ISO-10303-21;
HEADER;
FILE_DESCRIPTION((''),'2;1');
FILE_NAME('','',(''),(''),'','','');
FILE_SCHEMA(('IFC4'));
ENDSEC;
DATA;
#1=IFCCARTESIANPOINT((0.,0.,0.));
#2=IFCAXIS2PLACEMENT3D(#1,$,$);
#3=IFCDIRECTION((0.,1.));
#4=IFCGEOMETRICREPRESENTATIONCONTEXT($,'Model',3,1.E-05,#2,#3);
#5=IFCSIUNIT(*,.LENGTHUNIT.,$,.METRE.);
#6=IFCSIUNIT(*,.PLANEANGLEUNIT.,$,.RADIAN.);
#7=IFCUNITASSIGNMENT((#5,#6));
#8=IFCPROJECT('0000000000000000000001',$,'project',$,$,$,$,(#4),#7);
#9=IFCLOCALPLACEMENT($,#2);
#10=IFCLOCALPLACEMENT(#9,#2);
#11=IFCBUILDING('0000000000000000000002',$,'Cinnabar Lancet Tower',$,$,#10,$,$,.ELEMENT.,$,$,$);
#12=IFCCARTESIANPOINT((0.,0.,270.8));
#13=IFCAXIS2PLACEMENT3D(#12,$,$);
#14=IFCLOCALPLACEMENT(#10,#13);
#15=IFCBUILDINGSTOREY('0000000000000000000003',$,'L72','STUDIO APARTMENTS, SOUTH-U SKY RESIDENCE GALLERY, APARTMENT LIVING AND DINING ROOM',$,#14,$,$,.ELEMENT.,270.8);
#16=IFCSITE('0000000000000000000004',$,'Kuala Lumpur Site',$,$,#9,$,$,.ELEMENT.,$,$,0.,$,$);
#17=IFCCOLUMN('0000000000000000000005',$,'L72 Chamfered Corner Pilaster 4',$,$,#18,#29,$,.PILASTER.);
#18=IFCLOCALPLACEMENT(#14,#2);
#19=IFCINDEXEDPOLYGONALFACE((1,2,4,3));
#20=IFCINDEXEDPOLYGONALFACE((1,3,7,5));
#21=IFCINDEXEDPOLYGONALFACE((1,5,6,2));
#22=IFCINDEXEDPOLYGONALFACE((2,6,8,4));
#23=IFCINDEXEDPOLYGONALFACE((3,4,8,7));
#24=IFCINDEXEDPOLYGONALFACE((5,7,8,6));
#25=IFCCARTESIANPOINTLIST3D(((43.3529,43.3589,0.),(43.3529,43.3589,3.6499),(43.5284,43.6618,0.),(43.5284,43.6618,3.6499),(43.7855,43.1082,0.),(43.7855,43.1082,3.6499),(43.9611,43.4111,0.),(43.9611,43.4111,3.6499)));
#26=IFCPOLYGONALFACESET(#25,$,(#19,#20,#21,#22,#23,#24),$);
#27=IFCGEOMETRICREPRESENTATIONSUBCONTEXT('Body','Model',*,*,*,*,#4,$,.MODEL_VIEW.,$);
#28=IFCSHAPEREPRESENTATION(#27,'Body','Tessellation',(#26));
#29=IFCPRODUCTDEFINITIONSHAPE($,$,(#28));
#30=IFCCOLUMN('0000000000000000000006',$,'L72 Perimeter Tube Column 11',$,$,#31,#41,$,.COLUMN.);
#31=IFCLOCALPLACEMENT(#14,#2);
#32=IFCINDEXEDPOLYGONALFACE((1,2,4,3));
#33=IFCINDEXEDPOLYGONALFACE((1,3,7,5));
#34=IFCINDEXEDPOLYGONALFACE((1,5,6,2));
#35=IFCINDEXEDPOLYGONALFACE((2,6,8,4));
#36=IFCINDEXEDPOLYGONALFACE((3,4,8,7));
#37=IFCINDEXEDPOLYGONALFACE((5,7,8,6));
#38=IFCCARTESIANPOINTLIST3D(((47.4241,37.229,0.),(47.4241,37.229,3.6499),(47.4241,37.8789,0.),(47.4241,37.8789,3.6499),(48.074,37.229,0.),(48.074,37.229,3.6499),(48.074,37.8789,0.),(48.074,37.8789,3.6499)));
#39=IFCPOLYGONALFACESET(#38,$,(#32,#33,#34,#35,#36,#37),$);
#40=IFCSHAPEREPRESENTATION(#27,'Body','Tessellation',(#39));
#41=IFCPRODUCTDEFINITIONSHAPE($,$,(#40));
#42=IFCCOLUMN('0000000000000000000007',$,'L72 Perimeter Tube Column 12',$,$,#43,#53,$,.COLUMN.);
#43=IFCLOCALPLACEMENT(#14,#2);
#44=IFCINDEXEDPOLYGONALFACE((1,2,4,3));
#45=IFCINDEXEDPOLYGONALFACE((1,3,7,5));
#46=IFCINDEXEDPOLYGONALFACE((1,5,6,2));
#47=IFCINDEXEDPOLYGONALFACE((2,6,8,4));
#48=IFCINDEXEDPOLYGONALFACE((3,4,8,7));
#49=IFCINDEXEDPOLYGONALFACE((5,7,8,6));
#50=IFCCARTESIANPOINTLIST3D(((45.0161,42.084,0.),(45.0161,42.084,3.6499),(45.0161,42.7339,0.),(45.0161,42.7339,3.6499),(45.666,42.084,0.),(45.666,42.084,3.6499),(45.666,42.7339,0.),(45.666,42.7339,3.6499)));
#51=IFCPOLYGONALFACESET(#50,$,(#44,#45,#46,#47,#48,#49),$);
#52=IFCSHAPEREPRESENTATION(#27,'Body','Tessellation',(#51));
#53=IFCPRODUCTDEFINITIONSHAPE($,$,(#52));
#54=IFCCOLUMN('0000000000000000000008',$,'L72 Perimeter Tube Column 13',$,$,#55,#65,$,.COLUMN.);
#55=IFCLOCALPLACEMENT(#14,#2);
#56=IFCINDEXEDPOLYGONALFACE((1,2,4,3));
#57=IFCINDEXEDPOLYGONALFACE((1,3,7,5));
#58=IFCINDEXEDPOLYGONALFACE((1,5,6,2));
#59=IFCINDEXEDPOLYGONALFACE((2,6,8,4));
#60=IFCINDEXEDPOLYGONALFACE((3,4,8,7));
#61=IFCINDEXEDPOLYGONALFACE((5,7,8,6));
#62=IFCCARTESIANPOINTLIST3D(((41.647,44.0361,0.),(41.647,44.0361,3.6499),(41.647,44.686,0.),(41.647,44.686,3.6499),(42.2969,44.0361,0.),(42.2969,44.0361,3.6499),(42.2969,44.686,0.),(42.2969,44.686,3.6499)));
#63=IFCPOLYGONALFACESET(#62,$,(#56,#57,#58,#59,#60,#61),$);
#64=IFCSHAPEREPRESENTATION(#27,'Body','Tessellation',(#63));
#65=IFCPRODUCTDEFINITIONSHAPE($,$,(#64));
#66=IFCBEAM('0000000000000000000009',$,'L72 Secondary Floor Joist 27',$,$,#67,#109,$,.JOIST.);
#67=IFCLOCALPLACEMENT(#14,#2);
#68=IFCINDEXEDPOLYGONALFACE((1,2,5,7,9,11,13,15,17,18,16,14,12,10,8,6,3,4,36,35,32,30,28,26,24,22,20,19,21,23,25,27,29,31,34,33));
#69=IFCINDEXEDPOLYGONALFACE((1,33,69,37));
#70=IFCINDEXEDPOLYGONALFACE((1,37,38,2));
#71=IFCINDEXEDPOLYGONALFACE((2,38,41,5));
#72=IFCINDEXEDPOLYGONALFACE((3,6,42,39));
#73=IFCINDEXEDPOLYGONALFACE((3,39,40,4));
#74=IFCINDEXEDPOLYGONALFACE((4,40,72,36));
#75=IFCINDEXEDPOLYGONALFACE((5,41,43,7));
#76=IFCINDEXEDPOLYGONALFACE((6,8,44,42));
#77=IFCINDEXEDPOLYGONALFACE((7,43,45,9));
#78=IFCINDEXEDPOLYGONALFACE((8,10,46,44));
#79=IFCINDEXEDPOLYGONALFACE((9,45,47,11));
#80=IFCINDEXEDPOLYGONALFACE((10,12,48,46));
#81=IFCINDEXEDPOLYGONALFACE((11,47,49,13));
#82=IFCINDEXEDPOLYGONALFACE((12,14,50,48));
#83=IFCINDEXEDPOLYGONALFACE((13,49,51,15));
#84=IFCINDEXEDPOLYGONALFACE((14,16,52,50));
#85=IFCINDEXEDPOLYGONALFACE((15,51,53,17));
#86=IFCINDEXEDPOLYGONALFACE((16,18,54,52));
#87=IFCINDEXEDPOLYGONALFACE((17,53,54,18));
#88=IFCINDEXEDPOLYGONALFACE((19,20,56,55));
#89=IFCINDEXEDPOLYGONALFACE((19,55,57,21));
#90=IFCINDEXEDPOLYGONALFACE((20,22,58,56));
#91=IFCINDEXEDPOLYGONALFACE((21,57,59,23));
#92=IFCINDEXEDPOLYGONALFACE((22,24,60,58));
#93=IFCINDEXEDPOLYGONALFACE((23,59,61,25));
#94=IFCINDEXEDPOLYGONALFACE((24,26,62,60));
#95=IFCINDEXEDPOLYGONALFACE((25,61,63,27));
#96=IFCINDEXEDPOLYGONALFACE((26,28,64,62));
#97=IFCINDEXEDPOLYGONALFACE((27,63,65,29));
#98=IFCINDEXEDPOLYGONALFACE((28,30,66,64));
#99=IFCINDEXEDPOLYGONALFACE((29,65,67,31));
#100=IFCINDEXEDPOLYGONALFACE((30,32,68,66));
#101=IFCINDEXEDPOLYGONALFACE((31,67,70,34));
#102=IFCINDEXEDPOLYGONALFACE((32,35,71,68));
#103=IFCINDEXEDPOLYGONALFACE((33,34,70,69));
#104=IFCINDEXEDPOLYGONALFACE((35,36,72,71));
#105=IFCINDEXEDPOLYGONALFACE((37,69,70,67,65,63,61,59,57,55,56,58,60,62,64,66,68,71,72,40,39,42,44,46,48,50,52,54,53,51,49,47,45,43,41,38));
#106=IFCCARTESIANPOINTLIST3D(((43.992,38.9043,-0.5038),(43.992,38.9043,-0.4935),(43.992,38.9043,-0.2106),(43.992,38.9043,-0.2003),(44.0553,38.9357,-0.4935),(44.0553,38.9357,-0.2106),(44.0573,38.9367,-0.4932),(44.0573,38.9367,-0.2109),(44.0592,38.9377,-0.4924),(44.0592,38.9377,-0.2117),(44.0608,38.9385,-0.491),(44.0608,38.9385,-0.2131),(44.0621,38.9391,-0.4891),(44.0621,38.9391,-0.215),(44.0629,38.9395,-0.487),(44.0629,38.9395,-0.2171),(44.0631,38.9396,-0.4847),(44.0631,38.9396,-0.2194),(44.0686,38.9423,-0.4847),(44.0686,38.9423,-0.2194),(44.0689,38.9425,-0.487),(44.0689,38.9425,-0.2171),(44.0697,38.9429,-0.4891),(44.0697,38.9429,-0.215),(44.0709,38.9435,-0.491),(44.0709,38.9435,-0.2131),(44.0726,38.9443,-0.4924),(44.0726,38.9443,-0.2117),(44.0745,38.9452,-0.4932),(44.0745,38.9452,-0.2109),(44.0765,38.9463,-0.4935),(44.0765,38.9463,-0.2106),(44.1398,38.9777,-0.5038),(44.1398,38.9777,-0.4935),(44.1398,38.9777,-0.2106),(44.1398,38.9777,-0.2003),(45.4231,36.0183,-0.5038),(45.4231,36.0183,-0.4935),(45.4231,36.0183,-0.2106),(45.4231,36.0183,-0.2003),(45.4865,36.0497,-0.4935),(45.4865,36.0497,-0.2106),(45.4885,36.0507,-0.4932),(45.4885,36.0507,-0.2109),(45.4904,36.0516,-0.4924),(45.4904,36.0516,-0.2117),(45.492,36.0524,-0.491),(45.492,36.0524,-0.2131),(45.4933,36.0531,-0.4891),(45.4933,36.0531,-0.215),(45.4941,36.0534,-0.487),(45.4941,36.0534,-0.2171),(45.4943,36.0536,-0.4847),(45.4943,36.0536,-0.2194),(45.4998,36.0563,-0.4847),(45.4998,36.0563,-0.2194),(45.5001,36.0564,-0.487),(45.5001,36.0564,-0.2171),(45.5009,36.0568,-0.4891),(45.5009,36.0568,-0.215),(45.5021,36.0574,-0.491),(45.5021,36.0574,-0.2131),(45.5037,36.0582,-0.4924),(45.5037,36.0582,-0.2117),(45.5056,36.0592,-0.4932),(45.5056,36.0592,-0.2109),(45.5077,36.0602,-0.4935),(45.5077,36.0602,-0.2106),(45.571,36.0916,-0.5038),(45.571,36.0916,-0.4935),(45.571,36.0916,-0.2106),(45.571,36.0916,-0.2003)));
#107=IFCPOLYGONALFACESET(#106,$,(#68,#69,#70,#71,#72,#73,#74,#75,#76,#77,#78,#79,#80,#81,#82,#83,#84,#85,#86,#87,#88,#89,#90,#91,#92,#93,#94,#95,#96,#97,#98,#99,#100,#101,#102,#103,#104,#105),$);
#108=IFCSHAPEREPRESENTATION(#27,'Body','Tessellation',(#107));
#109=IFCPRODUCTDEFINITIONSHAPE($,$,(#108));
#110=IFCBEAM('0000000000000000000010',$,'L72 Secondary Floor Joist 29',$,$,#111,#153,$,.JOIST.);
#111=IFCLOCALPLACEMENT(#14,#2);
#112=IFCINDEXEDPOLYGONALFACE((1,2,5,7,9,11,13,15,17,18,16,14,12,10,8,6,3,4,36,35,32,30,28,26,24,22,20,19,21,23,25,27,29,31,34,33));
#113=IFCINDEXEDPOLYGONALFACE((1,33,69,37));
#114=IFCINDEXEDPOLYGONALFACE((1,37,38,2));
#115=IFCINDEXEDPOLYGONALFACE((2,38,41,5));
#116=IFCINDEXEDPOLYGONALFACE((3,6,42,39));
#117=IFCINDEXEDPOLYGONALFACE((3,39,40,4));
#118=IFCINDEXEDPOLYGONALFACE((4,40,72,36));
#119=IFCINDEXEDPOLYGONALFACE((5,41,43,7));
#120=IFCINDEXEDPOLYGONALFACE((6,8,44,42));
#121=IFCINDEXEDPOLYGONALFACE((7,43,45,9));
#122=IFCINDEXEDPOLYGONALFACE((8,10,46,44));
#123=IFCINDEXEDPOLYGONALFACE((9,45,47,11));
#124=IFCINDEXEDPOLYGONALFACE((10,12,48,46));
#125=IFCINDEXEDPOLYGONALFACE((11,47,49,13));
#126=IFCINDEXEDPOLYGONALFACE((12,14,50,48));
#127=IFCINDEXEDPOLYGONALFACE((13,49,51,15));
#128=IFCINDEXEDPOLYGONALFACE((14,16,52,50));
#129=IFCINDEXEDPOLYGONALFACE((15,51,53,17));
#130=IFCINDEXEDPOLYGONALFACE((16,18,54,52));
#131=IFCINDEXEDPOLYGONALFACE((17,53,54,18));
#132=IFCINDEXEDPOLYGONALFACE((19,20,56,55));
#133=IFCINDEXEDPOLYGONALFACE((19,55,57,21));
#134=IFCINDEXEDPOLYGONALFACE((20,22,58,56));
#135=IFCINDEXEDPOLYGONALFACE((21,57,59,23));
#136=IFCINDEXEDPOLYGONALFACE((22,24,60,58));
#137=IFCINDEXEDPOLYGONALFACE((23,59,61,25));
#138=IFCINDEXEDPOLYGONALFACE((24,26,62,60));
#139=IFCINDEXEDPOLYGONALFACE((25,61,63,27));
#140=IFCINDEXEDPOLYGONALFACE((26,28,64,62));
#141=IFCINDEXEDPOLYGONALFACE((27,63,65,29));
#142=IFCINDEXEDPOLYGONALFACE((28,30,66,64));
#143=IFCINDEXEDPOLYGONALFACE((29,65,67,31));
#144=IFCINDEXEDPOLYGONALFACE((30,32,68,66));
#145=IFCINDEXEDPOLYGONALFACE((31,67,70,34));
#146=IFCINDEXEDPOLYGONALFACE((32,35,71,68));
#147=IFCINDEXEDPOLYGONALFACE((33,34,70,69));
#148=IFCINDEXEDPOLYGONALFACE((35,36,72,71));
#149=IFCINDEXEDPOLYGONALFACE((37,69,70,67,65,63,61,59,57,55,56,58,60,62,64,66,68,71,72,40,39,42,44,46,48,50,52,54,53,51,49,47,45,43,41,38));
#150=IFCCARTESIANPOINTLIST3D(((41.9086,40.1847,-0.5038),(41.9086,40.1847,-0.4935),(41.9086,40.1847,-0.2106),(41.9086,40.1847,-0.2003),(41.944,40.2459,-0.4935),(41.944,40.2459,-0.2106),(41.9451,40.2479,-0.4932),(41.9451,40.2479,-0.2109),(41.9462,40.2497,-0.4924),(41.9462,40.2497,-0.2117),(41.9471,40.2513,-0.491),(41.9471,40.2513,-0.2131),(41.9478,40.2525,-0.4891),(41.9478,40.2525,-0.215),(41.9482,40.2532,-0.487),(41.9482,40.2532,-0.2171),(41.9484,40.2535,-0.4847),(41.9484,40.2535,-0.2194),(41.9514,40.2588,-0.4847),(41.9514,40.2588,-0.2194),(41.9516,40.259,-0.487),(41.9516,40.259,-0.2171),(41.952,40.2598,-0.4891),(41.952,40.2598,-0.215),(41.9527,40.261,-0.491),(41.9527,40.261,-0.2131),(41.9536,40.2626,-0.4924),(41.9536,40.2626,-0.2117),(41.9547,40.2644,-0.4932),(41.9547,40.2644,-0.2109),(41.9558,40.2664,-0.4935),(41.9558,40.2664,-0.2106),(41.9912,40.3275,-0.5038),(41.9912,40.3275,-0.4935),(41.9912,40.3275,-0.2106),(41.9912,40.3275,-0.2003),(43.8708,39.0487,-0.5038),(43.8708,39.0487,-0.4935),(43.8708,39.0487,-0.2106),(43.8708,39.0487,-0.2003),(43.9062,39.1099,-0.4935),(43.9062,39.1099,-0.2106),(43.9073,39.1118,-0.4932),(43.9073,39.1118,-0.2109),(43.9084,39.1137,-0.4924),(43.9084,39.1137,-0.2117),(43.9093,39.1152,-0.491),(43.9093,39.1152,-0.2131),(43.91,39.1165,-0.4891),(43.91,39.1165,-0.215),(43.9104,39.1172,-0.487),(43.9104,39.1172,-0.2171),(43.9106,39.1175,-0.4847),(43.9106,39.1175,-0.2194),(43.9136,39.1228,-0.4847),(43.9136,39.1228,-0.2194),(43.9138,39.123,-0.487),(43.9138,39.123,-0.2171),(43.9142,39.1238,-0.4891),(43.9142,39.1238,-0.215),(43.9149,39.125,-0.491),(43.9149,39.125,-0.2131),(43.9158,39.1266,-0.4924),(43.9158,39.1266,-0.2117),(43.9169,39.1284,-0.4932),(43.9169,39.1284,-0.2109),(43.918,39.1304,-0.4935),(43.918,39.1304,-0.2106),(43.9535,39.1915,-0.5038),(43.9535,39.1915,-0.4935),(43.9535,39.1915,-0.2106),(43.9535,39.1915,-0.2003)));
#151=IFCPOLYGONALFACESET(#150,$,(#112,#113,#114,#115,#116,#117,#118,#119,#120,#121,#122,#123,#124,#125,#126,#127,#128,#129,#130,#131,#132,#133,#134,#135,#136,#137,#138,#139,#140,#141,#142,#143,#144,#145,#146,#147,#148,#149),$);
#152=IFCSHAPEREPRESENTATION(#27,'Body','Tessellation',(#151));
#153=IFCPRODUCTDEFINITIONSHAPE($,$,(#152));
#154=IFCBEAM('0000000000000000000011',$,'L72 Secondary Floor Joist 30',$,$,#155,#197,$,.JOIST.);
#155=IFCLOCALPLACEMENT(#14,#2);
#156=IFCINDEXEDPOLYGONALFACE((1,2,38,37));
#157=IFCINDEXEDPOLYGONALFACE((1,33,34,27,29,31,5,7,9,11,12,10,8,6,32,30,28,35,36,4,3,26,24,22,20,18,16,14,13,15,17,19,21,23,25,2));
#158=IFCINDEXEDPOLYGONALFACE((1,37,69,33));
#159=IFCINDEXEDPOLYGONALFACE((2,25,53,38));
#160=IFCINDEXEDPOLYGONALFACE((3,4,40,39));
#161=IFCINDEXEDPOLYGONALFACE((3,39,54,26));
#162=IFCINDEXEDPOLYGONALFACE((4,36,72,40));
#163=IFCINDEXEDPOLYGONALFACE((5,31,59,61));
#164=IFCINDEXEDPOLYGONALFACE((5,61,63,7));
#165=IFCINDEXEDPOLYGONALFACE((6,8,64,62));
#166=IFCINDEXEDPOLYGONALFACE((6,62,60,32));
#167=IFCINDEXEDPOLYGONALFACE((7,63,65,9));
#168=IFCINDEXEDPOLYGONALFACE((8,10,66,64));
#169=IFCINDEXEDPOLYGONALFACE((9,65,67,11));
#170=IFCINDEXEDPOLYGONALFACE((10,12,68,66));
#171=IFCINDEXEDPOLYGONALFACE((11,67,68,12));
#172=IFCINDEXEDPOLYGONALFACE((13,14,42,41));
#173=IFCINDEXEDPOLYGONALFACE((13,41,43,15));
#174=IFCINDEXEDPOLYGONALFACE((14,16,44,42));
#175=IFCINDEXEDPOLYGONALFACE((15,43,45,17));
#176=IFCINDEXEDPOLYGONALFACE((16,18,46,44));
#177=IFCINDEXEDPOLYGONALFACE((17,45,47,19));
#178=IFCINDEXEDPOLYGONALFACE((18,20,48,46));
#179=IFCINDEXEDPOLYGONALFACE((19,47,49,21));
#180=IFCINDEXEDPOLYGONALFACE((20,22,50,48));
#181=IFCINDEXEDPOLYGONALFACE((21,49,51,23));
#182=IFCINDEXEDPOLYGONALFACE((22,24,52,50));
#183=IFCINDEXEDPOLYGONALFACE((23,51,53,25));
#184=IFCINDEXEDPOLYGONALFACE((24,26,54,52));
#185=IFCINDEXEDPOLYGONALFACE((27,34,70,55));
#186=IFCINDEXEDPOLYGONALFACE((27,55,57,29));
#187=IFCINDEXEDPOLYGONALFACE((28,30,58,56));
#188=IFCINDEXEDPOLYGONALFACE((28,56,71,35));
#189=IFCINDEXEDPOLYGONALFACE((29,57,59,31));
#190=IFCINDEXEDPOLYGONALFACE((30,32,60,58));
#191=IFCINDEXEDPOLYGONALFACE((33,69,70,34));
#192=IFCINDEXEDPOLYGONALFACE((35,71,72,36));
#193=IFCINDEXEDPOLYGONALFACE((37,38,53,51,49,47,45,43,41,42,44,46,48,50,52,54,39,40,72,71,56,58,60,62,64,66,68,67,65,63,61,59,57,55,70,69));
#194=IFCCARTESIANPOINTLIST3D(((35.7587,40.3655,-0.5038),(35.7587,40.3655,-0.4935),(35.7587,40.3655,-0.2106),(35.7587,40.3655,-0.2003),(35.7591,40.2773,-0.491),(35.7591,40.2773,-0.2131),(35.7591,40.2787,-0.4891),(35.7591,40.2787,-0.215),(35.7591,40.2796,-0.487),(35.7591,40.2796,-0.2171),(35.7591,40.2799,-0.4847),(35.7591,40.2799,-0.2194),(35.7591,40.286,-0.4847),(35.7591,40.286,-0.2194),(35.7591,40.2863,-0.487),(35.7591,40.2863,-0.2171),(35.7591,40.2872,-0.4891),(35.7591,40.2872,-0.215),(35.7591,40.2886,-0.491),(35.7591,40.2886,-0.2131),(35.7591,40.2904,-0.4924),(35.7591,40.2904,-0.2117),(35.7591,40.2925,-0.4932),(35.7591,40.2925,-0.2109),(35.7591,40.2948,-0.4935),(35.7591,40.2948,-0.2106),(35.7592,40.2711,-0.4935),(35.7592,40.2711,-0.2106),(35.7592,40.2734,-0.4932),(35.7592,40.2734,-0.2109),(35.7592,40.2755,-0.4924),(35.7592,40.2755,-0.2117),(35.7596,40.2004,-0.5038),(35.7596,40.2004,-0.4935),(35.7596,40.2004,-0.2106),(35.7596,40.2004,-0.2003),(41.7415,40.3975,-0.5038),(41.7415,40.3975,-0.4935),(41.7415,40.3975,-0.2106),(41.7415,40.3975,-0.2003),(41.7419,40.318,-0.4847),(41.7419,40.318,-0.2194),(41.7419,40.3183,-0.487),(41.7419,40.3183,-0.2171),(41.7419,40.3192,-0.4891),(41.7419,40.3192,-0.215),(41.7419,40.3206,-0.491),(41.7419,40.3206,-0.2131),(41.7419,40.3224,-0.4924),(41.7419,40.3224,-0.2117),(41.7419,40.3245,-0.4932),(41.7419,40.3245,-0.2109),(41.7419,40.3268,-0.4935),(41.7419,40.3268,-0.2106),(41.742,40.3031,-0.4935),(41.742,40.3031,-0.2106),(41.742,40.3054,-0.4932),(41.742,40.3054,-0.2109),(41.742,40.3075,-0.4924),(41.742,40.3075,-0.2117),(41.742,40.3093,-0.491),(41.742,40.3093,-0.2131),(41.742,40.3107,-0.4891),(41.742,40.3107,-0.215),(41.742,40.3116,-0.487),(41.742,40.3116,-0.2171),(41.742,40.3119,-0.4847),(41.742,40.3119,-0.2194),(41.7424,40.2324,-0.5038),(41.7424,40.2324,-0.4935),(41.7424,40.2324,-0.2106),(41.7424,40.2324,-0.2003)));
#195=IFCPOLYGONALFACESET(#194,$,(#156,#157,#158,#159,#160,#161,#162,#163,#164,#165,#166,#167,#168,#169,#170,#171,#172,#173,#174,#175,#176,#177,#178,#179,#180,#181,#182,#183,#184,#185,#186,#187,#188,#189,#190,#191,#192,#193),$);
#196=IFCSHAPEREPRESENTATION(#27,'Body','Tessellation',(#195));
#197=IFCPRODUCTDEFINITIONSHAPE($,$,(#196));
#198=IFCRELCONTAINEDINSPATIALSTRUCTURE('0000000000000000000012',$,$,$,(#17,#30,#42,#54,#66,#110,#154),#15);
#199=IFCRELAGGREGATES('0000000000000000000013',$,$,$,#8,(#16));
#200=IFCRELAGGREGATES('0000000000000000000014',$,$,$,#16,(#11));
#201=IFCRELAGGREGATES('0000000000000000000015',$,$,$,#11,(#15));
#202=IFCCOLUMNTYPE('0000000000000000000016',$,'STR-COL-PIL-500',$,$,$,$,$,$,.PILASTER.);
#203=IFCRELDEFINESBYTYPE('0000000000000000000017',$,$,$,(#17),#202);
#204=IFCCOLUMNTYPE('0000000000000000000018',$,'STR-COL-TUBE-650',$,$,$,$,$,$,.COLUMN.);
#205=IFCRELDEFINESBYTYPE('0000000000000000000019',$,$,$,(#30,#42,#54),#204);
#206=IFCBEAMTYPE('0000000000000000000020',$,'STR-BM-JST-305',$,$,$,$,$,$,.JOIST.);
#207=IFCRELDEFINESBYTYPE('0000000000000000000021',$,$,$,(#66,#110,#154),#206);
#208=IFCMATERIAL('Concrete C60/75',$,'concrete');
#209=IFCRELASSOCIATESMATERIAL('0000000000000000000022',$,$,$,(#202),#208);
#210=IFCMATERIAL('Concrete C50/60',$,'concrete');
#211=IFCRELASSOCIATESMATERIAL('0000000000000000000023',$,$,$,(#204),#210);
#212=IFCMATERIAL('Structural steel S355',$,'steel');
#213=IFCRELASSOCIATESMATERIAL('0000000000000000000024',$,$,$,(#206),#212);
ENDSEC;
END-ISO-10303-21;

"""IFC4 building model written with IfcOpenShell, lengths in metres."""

from ifc_helpers import new_model, si_unit, direction, frame, origin, origin_2d, place, context, subcontext, project, spatial, rectangle, i_section, extrude, material, material_profile, profile_set, type_object, element, save


model = new_model("IFC4")

# Units and contexts
model_context = context("Model", 3, precision=1e-05, world=origin(), true_north=direction((0.0, 1.0)))
body_context = subcontext(model_context, "Body", "Model", "MODEL_VIEW")
ifc_project = project(units=[si_unit("LENGTHUNIT", "METRE"), si_unit("PLANEANGLEUNIT", "RADIAN")], contexts=[model_context])

# Site, building, storey
site_placement = place(None, origin())
site = spatial("IfcSite", under=ifc_project, at=site_placement, Name="Kuala Lumpur Site", CompositionType="ELEMENT", RefElevation=0.0)
building_placement = place(site_placement, origin())
building = spatial("IfcBuilding", under=site, at=building_placement, Name="Cinnabar Lancet Tower", CompositionType="ELEMENT")
storey_placement = place(building_placement, frame((0.0, 0.0, 270.8)))
storey = spatial("IfcBuildingStorey", under=building, at=storey_placement, Name="L72", Description="STUDIO APARTMENTS, SOUTH-U SKY RESIDENCE GALLERY, APARTMENT LIVING AND DINING ROOM", CompositionType="ELEMENT", Elevation=270.8)

# Columns
ifc_material_1 = material(Name="Concrete C60/75", Category="concrete")
ifc_material_profile_1 = material_profile(ifc_material_1, rectangle(XDim=0.5, YDim=0.3501, at=origin_2d()), Name="RC-PIL 500x350")
ifc_profile_set_1 = profile_set([ifc_material_profile_1], Name="Concrete C60/75")
column_type_1 = type_object("IfcColumnType", Name="STR-COL-PIL-500", PredefinedType="PILASTER", material=ifc_profile_set_1)
column_placement = place(storey_placement, frame((43.657, 43.385, 0.0), z_axis=(0.0, 0.0, 1.0), x_axis=(-0.865256, 0.50133, 0.0)))
element("IfcColumn", 1, at=column_placement, inside=storey, type_object=column_type_1, Name="L72 Chamfered Corner Pilaster 4", PredefinedType="PILASTER", context=body_context, shape_type="SweptSolid", body=[
    extrude(rectangle(XDim=0.5, YDim=0.3501, at=origin_2d()), origin(), (0.0, 0.0, 1.0), 3.6499),
])
ifc_material_2 = material(Name="Concrete C50/60", Category="concrete")
ifc_material_profile_2 = material_profile(ifc_material_2, rectangle(XDim=0.6499, YDim=0.6499, at=origin_2d()), Name="RC-COL 650x650")
ifc_profile_set_2 = profile_set([ifc_material_profile_2], Name="Concrete C50/60")
column_type_2 = type_object("IfcColumnType", Name="STR-COL-TUBE-650", PredefinedType="COLUMN", material=ifc_profile_set_2)
for number, where, z_axis, x_axis, name in (
    (2, (47.749, 37.554, 0.0), (0.0, 0.0, 1.0), (1.0, 0.0, 0.0), "L72 Perimeter Tube Column 11"),
    (3, (45.3411, 42.4089, 0.0), (0.0, 0.0, 1.0), (1.0, 0.0, 0.0), "L72 Perimeter Tube Column 12"),
    (4, (41.9719, 44.3611, 0.0), (0.0, 0.0, 1.0), (1.0, 0.0, 0.0), "L72 Perimeter Tube Column 13"),
):
    element("IfcColumn", number, at=place(storey_placement, frame(where, z_axis=z_axis, x_axis=x_axis)), inside=storey, type_object=column_type_2, Name=name, PredefinedType="COLUMN", context=body_context, shape_type="SweptSolid", body=[
        extrude(rectangle(XDim=0.6499, YDim=0.6499, at=origin_2d()), origin(), (0.0, 0.0, 1.0), 3.6499),
    ])

# Beams
ifc_material_3 = material(Name="Structural steel S355", Category="steel")
ifc_material_profile_3 = material_profile(ifc_material_3, i_section(OverallWidth=0.165, OverallDepth=0.3035, WebThickness=0.0061, FlangeThickness=0.0103, FilletRadius=0.0088, at=origin_2d()), Name="UKB 305x165x40")
ifc_profile_set_3 = profile_set([ifc_material_profile_3], Name="Structural steel S355")
beam_type_1 = type_object("IfcBeamType", Name="STR-BM-JST-305", PredefinedType="JOIST", material=ifc_profile_set_3)
beam_1_placement = place(storey_placement, frame((45.4971, 36.0549, -0.3521), z_axis=(-0.444271, 0.895893, 0.0), x_axis=(-0.895893, -0.444271, 0.0)))
element("IfcBeam", 5, at=beam_1_placement, inside=storey, type_object=beam_type_1, Name="L72 Secondary Floor Joist 27", PredefinedType="JOIST", context=body_context, shape_type="SweptSolid", body=[
    extrude(i_section(OverallWidth=0.165, OverallDepth=0.3035, WebThickness=0.0061, FlangeThickness=0.0103, FilletRadius=0.0088, at=origin_2d()), origin(), (0.0, 0.0, 1.0), 3.2214),
])
beam_2_placement = place(storey_placement, frame((43.9121, 39.1201, -0.3521), z_axis=(-0.865426, 0.501036, 0.0), x_axis=(-0.501036, -0.865426, 0.0)))
element("IfcBeam", 6, at=beam_2_placement, inside=storey, type_object=beam_type_1, Name="L72 Secondary Floor Joist 29", PredefinedType="JOIST", context=body_context, shape_type="SweptSolid", body=[
    extrude(i_section(OverallWidth=0.165, OverallDepth=0.3035, WebThickness=0.0061, FlangeThickness=0.0103, FilletRadius=0.0088, at=origin_2d()), origin(), (0.0, 0.0, 1.0), 2.2673),
])
beam_3_placement = place(storey_placement, frame((41.7419, 40.3149, -0.3521), z_axis=(-0.999986, -0.005346, 0.0), x_axis=(0.005346, -0.999986, 0.0)))
element("IfcBeam", 7, at=beam_3_placement, inside=storey, type_object=beam_type_1, Name="L72 Secondary Floor Joist 30", PredefinedType="JOIST", context=body_context, shape_type="SweptSolid", body=[
    extrude(i_section(OverallWidth=0.165, OverallDepth=0.3035, WebThickness=0.0061, FlangeThickness=0.0103, FilletRadius=0.0088, at=origin_2d()), origin(), (0.0, 0.0, 1.0), 5.9829),
])

save(model, "model.ifc")
